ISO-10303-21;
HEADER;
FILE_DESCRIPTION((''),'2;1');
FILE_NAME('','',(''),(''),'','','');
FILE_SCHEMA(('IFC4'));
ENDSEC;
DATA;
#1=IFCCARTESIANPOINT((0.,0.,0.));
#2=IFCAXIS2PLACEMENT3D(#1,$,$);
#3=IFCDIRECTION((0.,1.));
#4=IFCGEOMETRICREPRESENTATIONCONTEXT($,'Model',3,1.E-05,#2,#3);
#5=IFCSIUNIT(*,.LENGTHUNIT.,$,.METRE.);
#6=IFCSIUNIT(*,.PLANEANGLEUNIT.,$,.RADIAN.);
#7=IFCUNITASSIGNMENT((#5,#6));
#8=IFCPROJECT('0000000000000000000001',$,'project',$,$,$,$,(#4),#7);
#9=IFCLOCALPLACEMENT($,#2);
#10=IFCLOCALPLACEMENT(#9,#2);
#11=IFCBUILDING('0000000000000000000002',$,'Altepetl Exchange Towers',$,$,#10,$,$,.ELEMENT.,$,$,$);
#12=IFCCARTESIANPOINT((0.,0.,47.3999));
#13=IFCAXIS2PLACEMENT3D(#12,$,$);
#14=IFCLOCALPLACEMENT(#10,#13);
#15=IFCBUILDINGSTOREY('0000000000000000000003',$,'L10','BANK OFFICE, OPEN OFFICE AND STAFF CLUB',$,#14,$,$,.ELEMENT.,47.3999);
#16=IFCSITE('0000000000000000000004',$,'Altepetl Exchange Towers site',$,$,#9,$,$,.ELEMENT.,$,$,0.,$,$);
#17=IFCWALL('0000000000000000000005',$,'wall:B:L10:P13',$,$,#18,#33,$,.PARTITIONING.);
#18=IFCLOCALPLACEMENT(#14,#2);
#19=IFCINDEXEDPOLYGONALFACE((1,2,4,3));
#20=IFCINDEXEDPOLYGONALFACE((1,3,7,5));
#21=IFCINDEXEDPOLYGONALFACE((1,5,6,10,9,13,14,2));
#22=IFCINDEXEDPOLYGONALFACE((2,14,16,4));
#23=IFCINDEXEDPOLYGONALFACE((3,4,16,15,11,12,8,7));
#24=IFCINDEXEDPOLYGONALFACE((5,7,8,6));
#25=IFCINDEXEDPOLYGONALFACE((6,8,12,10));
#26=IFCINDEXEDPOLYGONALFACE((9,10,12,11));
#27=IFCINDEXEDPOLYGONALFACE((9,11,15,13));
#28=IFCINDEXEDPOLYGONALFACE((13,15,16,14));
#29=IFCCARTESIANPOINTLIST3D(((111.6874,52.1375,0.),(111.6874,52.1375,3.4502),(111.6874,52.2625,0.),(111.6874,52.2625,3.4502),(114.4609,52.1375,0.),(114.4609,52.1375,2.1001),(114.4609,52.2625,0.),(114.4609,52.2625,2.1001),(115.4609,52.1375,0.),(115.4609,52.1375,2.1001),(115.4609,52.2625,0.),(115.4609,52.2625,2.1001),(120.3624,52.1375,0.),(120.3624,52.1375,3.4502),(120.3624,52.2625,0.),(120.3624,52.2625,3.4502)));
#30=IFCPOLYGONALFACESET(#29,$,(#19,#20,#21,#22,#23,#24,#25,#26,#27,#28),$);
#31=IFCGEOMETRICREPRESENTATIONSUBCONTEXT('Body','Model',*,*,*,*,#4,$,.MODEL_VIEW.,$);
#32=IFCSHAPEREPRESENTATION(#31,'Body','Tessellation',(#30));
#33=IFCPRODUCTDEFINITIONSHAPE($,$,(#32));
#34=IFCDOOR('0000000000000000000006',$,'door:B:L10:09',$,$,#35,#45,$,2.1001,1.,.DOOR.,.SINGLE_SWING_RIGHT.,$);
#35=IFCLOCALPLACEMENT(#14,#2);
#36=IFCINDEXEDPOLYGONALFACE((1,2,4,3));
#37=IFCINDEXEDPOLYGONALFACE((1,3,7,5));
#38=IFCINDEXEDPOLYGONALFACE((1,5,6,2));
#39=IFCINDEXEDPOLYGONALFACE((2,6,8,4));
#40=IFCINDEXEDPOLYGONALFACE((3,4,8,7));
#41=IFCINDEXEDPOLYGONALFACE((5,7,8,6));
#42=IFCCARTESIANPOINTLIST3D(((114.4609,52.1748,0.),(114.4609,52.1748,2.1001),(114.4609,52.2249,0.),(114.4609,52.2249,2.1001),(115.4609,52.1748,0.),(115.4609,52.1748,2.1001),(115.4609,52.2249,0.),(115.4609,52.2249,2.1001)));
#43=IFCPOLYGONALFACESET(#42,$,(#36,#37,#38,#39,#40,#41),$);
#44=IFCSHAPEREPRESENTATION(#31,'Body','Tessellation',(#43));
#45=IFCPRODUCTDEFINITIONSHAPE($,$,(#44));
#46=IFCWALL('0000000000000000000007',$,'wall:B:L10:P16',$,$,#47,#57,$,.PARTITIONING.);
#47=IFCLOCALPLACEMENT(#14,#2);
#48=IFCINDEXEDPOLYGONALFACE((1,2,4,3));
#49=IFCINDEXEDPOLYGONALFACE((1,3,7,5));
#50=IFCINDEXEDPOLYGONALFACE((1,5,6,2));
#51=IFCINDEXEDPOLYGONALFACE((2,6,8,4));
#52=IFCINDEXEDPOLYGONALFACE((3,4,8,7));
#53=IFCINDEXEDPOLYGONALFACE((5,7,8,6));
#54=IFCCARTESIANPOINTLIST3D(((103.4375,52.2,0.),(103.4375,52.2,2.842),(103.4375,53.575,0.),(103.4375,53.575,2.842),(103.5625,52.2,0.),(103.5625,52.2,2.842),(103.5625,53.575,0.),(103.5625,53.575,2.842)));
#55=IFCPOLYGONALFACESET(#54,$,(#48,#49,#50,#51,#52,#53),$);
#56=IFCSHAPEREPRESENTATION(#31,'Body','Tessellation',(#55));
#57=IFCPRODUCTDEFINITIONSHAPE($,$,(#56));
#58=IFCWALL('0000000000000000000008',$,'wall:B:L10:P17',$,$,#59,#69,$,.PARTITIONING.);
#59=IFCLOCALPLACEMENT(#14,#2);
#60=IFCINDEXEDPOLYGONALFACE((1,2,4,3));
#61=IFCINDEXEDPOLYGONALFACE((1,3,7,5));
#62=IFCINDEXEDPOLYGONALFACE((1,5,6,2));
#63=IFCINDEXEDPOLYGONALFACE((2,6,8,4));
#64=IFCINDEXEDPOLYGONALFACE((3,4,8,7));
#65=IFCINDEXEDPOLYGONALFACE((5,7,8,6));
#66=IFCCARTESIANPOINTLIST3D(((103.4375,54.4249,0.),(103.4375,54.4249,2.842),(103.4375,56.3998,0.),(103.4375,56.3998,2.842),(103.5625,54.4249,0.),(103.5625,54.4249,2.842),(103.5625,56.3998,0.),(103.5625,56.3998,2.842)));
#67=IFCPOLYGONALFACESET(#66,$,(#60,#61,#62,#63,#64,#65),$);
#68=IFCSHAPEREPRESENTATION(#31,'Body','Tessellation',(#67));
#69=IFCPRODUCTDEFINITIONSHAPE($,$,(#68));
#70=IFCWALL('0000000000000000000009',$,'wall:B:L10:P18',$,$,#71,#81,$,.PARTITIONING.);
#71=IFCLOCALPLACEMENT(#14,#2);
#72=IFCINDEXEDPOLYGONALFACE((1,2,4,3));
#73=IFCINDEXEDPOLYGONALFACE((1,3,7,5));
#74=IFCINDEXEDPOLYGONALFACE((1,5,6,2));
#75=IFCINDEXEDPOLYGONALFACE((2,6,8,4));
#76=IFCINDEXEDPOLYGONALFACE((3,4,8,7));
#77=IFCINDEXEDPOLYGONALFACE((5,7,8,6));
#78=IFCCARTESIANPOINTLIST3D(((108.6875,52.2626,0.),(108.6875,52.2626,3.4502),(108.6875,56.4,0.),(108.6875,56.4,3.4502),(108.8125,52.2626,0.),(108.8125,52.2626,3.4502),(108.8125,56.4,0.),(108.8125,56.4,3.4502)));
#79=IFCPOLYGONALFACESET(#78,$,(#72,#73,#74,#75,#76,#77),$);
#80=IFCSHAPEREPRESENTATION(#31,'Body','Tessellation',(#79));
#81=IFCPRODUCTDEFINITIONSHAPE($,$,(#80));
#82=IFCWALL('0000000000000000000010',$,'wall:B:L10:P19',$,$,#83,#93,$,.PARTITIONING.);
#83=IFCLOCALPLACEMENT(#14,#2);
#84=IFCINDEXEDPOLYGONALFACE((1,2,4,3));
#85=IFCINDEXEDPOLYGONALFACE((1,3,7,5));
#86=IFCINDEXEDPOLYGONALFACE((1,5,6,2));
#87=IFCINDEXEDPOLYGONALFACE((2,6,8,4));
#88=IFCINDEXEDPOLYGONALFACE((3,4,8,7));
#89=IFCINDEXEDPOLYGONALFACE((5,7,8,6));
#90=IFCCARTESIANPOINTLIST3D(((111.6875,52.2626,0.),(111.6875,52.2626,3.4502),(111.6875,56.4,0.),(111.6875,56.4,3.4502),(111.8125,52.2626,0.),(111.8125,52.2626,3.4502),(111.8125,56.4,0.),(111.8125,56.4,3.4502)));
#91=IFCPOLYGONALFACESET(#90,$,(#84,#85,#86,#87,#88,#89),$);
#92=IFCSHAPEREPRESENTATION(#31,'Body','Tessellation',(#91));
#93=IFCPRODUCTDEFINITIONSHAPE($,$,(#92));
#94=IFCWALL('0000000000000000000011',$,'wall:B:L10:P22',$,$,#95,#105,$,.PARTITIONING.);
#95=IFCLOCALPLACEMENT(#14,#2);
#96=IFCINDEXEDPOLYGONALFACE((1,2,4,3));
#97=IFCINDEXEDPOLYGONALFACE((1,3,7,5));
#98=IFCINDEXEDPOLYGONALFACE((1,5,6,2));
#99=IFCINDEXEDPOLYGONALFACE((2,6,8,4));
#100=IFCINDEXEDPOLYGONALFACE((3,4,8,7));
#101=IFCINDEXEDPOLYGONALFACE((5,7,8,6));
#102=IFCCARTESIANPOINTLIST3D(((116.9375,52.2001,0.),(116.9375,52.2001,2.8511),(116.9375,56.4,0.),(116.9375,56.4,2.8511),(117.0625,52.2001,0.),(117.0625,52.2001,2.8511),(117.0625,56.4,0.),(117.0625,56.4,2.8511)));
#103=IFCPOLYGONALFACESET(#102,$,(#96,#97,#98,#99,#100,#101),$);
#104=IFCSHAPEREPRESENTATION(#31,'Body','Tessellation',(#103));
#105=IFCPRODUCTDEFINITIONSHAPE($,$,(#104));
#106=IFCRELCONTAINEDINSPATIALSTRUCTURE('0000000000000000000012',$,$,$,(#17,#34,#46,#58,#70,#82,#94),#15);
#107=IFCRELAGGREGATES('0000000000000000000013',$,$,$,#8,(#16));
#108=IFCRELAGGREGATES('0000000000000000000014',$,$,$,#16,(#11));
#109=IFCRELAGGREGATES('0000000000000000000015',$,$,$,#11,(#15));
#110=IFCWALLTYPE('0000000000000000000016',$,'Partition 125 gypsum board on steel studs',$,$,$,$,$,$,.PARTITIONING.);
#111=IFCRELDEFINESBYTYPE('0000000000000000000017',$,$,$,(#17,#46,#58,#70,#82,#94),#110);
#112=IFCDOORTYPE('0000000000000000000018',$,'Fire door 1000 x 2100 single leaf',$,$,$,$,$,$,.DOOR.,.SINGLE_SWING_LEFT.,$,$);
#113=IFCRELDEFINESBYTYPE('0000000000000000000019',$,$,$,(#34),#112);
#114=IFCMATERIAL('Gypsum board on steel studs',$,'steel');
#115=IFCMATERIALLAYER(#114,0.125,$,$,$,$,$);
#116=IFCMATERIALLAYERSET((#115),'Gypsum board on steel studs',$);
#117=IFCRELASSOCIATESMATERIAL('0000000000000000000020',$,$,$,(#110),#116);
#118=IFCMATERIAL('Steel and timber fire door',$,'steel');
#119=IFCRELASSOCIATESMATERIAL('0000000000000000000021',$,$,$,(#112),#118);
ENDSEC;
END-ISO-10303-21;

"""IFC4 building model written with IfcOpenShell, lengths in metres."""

from ifc_helpers import new_model, si_unit, direction, frame, frame_2d, origin, place, context, subcontext, project, spatial, rectangle, extrude, material, layer, layer_set, type_object, element, fill, save


model = new_model("IFC4")

# Units and contexts
model_context = context("Model", 3, precision=1e-05, world=origin(), true_north=direction((0.0, 1.0)))
body_context = subcontext(model_context, "Body", "Model", "MODEL_VIEW")
ifc_project = project(units=[si_unit("LENGTHUNIT", "METRE"), si_unit("PLANEANGLEUNIT", "RADIAN")], contexts=[model_context])

# Site, building, storey
site_placement = place(None, origin())
site = spatial("IfcSite", under=ifc_project, at=site_placement, Name="Altepetl Exchange Towers site", CompositionType="ELEMENT", RefElevation=0.0)
building_placement = place(site_placement, origin())
building = spatial("IfcBuilding", under=site, at=building_placement, Name="Altepetl Exchange Towers", CompositionType="ELEMENT")
storey_placement = place(building_placement, frame((0.0, 0.0, 47.3999)))
storey = spatial("IfcBuildingStorey", under=building, at=storey_placement, Name="L10", Description="BANK OFFICE, OPEN OFFICE AND STAFF CLUB", CompositionType="ELEMENT", Elevation=47.3999)

# Wall, opening, door
ifc_material_1 = material(Name="Gypsum board on steel studs", Category="steel")
ifc_layer_1 = layer(ifc_material_1, 0.125)
ifc_layer_set_1 = layer_set([ifc_layer_1], Name="Gypsum board on steel studs")
wall_type = type_object("IfcWallType", Name="Partition 125 gypsum board on steel studs", PredefinedType="PARTITIONING", material=ifc_layer_set_1)
wall_1_placement = place(storey_placement, frame((111.6875, 52.2, 0.0)))
wall_1 = element("IfcWall", 1, at=wall_1_placement, inside=storey, type_object=wall_type, Name="wall:B:L10:P13", PredefinedType="PARTITIONING", context=body_context, shape_type="SweptSolid", body=[
    extrude(rectangle(XDim=8.675, YDim=0.125, at=frame_2d((4.3374, 0.0))), origin(), (0.0, 0.0, 1.0), 3.4502),
])
opening_placement = place(wall_1_placement, frame((2.7734, 0.0, 0.0)))
opening = element("IfcOpeningElement", 2, at=opening_placement, cuts=wall_1, PredefinedType="OPENING", context=body_context, shape_type="SweptSolid", body=[
    extrude(rectangle(XDim=1.0, YDim=2.1001, at=frame_2d((0.5, 1.05))), frame((0.0, 0.0725, 0.0), z_axis=(0.0, -1.0, 0.0), x_axis=(1.0, 0.0, 0.0)), (0.0, 0.0, 1.0), 0.145),
])
ifc_material_2 = material(Name="Steel and timber fire door", Category="steel")
door_type = type_object("IfcDoorType", Name="Fire door 1000 x 2100 single leaf", OperationType="SINGLE_SWING_LEFT", PredefinedType="DOOR", material=ifc_material_2)
door_placement = place(opening_placement, origin())
door = element("IfcDoor", 3, at=door_placement, inside=storey, type_object=door_type, Name="door:B:L10:09", OperationType="SINGLE_SWING_RIGHT", OverallHeight=2.1001, OverallWidth=1.0, PredefinedType="DOOR", context=body_context, shape_type="SweptSolid", body=[
    extrude(rectangle(XDim=1.0, YDim=2.1001, at=frame_2d((0.5, 1.05))), frame((0.0, 0.0249, 0.0), z_axis=(0.0, -1.0, 0.0), x_axis=(1.0, 0.0, 0.0)), (0.0, 0.0, 1.0), 0.05),
])
fill(opening, door)

# Walls
wall_2_placement = place(storey_placement, frame((103.5, 52.2, 0.0), z_axis=(0.0, 0.0, 1.0), x_axis=(0.0, 1.0, 0.0)))
element("IfcWall", 4, at=wall_2_placement, inside=storey, type_object=wall_type, Name="wall:B:L10:P16", PredefinedType="PARTITIONING", context=body_context, shape_type="SweptSolid", body=[
    extrude(rectangle(XDim=1.375, YDim=0.125, at=frame_2d((0.6875, 0.0))), origin(), (0.0, 0.0, 1.0), 2.842),
])
wall_3_placement = place(storey_placement, frame((103.5, 54.425, 0.0), z_axis=(0.0, 0.0, 1.0), x_axis=(0.0, 1.0, 0.0)))
element("IfcWall", 5, at=wall_3_placement, inside=storey, type_object=wall_type, Name="wall:B:L10:P17", PredefinedType="PARTITIONING", context=body_context, shape_type="SweptSolid", body=[
    extrude(rectangle(XDim=1.9749, YDim=0.125, at=frame_2d((0.9873, 0.0))), origin(), (0.0, 0.0, 1.0), 2.842),
])
for number, where, z_axis, x_axis, name in (
    (6, (108.75, 52.2625, 0.0), (0.0, 0.0, 1.0), (0.0, 1.0, 0.0), "wall:B:L10:P18"),
    (7, (111.75, 52.2625, 0.0), (0.0, 0.0, 1.0), (0.0, 1.0, 0.0), "wall:B:L10:P19"),
):
    element("IfcWall", number, at=place(storey_placement, frame(where, z_axis=z_axis, x_axis=x_axis)), inside=storey, type_object=wall_type, Name=name, PredefinedType="PARTITIONING", context=body_context, shape_type="SweptSolid", body=[
        extrude(rectangle(XDim=4.1375, YDim=0.125, at=frame_2d((2.0688, 0.0))), origin(), (0.0, 0.0, 1.0), 3.4502),
    ])
wall_4_placement = place(storey_placement, frame((117.0, 52.2, 0.0), z_axis=(0.0, 0.0, 1.0), x_axis=(0.0, 1.0, 0.0)))
element("IfcWall", 8, at=wall_4_placement, inside=storey, type_object=wall_type, Name="wall:B:L10:P22", PredefinedType="PARTITIONING", context=body_context, shape_type="SweptSolid", body=[
    extrude(rectangle(XDim=4.2, YDim=0.125, at=frame_2d((2.1001, 0.0))), origin(), (0.0, 0.0, 1.0), 2.8511),
])

save(model, "model.ifc")
